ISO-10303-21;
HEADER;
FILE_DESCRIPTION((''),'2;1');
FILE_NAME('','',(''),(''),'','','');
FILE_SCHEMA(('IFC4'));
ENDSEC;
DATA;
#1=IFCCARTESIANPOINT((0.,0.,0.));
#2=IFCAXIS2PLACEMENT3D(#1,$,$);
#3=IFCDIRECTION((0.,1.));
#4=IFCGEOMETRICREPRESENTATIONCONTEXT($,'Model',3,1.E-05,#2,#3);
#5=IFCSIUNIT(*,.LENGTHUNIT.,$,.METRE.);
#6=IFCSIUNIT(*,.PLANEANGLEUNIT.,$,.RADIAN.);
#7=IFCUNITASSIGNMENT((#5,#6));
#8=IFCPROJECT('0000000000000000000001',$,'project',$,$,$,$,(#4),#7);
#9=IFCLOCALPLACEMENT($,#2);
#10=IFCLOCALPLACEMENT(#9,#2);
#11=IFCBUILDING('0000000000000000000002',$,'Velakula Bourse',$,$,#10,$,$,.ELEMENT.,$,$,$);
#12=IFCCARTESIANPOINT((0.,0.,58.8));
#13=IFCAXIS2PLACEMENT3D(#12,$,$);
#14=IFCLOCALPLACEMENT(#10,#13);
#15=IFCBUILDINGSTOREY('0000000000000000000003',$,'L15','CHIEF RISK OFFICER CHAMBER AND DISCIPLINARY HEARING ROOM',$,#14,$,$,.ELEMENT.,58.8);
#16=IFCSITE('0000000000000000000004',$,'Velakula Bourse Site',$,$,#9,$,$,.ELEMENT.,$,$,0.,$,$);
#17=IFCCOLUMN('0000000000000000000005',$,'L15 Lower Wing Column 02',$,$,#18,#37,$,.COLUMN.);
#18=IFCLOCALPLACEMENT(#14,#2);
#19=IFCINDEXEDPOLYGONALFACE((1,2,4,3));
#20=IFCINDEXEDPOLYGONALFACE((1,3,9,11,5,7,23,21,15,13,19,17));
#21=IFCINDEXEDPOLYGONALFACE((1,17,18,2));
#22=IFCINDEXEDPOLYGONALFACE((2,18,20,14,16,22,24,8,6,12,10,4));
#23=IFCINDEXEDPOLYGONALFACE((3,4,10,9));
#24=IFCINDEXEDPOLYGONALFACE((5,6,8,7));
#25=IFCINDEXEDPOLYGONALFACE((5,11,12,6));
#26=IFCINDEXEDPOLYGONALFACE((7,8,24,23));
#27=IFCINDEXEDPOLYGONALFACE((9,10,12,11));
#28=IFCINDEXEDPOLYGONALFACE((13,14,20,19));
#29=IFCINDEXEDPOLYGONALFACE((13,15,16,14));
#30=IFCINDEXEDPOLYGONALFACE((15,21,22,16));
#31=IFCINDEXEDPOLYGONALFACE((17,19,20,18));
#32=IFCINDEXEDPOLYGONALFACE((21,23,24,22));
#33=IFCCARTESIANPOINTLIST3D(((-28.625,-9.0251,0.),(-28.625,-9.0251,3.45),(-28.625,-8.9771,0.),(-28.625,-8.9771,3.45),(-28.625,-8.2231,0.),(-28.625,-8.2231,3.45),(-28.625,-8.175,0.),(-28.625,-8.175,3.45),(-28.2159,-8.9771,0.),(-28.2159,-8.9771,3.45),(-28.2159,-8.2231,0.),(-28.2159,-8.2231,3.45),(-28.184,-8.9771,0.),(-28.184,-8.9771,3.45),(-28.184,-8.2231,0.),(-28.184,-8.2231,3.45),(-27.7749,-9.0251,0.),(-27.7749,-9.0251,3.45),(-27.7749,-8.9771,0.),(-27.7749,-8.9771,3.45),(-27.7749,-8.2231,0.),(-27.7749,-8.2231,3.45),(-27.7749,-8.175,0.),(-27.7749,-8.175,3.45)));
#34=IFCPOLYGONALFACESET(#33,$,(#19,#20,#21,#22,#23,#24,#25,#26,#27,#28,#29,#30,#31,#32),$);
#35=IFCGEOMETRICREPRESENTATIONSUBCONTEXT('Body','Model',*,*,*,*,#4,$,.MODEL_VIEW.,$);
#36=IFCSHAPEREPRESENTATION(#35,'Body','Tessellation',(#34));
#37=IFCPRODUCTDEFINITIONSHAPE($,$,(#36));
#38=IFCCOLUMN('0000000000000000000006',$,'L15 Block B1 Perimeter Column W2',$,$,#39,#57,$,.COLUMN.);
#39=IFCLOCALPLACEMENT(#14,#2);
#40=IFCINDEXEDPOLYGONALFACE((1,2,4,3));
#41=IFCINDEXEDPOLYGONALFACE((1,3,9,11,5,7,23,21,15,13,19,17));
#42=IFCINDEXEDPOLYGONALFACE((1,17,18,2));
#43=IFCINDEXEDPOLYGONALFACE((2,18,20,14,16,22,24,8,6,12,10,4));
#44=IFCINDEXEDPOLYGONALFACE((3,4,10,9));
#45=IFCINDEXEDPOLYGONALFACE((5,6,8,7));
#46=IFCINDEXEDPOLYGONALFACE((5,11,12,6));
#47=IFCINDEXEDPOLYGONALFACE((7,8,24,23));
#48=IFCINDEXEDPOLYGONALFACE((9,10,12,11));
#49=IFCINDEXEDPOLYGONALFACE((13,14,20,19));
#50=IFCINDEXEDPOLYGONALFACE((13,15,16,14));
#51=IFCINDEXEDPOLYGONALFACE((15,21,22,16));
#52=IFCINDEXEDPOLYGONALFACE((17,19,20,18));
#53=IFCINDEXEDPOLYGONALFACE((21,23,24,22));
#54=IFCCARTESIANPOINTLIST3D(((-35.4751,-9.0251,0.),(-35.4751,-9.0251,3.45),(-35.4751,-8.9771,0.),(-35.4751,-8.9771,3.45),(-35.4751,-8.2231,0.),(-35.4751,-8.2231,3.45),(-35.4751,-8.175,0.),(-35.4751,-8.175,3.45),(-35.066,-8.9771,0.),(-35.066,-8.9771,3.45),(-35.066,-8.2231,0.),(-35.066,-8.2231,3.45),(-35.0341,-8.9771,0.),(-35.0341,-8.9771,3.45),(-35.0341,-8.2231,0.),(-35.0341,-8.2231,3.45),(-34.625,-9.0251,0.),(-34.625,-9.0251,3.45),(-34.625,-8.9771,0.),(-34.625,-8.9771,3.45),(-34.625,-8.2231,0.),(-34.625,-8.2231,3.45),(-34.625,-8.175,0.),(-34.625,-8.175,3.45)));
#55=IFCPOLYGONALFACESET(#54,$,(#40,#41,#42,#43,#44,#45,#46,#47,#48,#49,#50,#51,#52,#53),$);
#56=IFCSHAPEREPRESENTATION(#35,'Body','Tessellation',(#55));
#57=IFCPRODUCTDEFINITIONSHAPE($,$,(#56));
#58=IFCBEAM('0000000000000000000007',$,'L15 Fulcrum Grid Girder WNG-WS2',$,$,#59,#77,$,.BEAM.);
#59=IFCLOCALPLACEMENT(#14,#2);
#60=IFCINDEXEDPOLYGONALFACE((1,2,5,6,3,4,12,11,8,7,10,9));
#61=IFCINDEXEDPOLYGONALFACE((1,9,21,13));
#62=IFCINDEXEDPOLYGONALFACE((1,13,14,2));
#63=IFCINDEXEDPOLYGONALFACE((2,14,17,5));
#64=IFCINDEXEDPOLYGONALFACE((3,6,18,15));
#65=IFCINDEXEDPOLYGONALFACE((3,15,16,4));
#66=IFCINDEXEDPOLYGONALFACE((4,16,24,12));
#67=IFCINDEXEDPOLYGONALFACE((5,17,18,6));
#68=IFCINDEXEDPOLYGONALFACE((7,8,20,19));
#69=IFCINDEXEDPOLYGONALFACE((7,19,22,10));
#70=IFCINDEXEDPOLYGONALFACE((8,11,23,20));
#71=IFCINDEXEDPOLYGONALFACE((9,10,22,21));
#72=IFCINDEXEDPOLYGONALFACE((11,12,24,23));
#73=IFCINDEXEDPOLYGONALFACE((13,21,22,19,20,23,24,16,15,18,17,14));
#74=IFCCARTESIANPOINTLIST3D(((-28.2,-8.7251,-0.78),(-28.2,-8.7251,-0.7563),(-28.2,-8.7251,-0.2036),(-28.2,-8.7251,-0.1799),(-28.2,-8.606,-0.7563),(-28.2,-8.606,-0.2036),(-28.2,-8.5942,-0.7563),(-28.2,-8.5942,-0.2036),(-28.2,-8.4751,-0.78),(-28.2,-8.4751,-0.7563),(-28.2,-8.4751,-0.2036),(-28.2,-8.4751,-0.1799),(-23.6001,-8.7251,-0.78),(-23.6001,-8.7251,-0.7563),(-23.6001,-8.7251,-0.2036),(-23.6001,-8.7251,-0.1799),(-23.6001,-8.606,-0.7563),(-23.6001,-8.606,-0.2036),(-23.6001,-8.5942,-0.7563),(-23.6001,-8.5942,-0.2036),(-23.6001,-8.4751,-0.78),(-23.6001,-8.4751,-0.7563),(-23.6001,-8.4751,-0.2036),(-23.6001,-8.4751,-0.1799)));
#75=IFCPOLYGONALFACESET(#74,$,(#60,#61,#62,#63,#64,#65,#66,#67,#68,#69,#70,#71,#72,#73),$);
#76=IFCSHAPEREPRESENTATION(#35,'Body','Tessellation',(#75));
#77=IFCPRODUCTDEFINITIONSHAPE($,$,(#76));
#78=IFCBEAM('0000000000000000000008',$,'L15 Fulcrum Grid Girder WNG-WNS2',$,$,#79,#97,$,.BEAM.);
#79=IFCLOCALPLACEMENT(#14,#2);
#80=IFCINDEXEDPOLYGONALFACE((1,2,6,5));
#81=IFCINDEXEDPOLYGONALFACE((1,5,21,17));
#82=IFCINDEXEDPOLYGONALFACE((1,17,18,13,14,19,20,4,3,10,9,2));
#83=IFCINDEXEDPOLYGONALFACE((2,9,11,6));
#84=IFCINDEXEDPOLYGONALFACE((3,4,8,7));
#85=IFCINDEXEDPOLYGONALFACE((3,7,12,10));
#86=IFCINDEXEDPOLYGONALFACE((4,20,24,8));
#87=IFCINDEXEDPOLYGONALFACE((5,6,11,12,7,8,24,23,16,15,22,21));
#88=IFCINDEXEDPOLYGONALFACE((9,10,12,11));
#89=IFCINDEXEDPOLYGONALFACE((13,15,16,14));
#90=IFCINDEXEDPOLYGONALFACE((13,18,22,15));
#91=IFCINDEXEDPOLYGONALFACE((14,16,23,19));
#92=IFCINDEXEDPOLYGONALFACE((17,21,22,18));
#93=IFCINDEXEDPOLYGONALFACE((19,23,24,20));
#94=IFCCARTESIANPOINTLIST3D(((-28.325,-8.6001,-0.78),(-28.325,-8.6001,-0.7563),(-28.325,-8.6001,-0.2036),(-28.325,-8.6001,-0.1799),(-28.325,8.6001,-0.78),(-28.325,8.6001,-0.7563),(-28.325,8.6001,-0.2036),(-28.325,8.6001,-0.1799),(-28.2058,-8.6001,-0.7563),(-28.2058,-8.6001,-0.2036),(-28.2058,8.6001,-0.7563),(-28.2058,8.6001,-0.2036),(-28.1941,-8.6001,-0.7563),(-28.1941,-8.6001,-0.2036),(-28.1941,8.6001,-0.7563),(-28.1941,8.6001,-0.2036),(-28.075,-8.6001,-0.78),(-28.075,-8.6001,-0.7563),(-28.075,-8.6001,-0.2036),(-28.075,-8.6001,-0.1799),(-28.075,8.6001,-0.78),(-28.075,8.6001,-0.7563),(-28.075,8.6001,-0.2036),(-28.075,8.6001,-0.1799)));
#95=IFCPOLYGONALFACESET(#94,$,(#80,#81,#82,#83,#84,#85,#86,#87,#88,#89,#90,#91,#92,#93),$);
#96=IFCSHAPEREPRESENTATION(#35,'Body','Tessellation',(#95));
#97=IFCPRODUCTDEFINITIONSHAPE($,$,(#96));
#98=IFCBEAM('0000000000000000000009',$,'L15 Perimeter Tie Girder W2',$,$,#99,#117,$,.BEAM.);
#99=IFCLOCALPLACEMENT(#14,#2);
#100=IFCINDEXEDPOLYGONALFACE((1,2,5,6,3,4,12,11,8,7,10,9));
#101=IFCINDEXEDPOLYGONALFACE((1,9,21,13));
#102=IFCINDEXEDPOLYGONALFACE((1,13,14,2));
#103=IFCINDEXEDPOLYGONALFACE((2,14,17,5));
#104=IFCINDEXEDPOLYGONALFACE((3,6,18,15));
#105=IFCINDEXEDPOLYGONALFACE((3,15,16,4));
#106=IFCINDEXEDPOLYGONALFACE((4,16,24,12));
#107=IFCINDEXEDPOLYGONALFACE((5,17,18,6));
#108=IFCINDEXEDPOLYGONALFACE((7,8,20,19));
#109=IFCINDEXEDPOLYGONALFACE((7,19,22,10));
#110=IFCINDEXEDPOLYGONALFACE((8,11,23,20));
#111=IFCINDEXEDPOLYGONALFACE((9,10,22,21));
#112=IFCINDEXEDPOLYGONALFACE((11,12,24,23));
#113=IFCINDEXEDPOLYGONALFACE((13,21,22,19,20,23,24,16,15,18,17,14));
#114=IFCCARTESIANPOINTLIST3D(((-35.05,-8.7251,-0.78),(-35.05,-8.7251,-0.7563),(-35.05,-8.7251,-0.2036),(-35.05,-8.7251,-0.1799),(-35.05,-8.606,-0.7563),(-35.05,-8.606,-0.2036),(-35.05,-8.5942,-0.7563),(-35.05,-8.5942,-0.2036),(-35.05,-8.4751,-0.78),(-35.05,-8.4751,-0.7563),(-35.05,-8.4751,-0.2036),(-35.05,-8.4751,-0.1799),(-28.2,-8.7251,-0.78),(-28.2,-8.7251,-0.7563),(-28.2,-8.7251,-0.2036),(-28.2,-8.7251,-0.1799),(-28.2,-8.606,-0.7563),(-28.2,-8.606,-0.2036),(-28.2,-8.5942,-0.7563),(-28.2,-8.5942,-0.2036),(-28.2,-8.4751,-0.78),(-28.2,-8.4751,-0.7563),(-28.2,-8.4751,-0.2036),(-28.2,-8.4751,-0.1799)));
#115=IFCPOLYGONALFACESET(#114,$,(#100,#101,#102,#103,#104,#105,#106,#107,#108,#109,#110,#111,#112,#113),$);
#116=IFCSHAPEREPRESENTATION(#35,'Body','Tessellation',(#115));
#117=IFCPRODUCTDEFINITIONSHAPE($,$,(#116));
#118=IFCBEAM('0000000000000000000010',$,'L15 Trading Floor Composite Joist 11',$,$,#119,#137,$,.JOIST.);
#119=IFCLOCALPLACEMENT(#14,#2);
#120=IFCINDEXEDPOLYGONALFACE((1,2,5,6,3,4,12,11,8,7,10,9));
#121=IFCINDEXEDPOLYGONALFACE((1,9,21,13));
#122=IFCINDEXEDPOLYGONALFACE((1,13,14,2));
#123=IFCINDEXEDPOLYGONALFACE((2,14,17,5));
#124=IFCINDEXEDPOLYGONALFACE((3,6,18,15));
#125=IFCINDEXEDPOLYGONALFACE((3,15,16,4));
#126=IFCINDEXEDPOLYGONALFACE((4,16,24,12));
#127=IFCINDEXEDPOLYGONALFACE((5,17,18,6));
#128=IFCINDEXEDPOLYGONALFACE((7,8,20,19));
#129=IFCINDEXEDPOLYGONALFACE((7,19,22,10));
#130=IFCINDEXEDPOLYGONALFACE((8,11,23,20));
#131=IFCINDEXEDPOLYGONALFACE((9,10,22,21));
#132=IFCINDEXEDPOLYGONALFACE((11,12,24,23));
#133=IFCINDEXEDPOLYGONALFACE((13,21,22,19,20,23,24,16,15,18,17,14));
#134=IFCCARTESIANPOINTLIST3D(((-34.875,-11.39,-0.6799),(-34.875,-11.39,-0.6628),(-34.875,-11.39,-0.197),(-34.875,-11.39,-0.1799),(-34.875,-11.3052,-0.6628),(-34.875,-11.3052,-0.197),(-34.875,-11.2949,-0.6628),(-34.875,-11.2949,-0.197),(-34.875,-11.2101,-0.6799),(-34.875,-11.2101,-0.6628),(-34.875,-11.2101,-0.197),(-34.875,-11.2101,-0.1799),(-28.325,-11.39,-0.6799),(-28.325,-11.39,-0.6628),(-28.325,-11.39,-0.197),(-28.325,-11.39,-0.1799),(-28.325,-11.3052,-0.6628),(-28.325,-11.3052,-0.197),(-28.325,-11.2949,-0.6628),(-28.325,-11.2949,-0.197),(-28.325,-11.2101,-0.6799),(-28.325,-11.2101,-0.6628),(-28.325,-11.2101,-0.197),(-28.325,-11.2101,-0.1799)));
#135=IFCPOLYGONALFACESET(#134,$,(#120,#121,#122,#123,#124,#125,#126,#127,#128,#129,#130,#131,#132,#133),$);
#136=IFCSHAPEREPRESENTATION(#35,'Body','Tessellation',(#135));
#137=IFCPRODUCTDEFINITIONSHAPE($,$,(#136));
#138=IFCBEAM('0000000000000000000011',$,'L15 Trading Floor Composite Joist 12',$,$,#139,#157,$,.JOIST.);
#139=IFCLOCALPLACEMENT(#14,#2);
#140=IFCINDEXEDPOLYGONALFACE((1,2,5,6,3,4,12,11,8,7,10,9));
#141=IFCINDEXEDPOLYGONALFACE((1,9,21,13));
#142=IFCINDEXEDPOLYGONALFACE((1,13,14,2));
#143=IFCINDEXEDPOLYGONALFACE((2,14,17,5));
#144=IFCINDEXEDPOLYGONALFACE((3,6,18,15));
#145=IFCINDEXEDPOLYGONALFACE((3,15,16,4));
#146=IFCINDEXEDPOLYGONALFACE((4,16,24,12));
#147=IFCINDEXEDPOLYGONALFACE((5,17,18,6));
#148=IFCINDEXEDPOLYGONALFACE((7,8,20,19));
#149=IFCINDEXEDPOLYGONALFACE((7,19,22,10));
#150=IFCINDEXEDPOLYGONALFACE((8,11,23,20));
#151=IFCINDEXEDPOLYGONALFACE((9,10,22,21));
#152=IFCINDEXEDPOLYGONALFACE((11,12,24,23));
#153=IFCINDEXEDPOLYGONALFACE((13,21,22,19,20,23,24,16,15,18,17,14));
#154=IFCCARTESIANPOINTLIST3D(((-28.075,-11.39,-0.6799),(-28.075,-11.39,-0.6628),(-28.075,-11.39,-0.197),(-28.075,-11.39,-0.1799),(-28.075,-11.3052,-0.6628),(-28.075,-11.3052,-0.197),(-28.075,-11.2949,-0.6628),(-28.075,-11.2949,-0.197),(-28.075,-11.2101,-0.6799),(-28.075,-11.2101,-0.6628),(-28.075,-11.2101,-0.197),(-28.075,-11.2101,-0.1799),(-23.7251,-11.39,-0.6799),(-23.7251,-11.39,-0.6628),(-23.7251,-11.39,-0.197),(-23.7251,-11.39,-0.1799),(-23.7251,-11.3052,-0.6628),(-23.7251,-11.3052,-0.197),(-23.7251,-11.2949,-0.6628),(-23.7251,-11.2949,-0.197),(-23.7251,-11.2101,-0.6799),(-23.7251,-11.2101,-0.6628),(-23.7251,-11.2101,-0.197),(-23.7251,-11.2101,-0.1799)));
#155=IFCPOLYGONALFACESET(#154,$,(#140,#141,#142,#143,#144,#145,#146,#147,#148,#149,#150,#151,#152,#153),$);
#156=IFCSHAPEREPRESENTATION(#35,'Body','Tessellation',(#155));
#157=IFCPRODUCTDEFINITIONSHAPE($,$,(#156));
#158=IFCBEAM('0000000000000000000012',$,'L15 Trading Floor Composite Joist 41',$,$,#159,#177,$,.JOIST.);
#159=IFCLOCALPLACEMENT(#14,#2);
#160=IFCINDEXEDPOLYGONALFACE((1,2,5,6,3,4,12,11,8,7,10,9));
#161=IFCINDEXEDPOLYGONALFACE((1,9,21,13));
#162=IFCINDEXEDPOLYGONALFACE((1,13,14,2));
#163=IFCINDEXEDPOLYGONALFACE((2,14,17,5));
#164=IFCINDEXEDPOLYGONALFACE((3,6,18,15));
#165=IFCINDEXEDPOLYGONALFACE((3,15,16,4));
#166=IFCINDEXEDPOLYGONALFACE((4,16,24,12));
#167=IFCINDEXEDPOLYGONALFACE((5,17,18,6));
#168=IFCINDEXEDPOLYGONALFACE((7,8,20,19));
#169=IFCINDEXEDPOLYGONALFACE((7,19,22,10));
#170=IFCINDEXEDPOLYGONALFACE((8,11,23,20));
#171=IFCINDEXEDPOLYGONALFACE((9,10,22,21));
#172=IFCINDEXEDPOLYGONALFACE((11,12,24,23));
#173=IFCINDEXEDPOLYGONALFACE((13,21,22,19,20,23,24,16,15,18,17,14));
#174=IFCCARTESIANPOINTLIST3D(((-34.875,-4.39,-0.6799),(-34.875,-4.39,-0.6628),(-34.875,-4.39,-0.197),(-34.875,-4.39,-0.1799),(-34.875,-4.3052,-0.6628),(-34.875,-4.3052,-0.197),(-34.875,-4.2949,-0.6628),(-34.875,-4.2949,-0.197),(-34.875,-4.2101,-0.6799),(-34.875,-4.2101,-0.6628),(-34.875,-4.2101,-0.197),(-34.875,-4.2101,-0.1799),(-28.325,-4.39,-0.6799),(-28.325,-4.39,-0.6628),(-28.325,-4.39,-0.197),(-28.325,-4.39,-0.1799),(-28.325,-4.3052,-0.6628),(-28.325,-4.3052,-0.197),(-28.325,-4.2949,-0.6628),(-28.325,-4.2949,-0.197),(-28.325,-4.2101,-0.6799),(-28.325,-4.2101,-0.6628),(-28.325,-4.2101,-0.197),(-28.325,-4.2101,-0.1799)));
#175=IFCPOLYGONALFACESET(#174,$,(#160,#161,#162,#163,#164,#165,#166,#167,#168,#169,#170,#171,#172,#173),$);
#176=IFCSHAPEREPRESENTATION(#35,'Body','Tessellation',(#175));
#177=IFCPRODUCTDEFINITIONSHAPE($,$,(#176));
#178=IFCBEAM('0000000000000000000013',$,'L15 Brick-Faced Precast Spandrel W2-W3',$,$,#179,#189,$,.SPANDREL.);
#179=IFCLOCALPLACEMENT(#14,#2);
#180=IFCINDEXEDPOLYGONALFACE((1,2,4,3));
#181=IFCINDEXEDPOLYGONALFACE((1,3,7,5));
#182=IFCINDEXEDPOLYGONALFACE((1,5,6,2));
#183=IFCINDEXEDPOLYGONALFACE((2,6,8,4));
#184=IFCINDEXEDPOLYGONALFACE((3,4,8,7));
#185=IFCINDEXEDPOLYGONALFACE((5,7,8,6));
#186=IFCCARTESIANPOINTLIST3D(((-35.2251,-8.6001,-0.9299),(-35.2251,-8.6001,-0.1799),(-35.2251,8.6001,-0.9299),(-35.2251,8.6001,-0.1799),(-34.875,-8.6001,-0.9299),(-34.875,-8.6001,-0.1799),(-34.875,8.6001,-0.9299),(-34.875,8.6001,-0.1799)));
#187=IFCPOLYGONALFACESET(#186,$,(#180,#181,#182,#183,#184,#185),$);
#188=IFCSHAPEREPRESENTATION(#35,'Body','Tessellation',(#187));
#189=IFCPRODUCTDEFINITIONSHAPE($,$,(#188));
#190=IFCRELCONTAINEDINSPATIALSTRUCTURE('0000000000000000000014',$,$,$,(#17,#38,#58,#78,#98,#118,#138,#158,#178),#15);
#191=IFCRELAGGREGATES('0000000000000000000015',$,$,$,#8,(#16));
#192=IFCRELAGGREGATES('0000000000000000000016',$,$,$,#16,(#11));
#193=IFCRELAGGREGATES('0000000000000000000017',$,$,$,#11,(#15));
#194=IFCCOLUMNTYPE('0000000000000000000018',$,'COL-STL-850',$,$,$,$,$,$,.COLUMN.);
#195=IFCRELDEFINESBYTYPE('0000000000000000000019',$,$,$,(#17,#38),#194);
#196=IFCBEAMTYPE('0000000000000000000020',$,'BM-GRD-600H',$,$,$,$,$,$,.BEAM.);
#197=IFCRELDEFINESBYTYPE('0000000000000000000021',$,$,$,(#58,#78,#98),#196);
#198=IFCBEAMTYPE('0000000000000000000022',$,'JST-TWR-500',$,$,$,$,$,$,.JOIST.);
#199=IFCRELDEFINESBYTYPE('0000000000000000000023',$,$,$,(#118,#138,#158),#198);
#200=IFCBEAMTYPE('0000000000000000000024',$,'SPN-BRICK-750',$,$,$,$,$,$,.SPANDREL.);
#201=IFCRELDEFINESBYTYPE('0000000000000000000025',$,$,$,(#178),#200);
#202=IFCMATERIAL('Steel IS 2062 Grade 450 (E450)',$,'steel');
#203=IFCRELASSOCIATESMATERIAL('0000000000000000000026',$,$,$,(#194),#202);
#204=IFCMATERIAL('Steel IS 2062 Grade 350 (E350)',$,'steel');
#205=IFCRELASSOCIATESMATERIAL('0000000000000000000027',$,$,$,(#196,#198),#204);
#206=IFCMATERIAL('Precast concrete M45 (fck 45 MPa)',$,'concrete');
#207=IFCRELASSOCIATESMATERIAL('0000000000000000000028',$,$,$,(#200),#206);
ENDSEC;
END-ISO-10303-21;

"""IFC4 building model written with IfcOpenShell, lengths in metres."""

from ifc_helpers import new_model, si_unit, direction, frame, origin, origin_2d, place, context, subcontext, project, spatial, rectangle, i_section, extrude, material, material_profile, profile_set, type_object, element, save


model = new_model("IFC4")

# Units and contexts
model_context = context("Model", 3, precision=1e-05, world=origin(), true_north=direction((0.0, 1.0)))
body_context = subcontext(model_context, "Body", "Model", "MODEL_VIEW")
ifc_project = project(units=[si_unit("LENGTHUNIT", "METRE"), si_unit("PLANEANGLEUNIT", "RADIAN")], contexts=[model_context])

# Site, building, storey
site_placement = place(None, origin())
site = spatial("IfcSite", under=ifc_project, at=site_placement, Name="Velakula Bourse Site", CompositionType="ELEMENT", RefElevation=0.0)
building_placement = place(site_placement, origin())
building = spatial("IfcBuilding", under=site, at=building_placement, Name="Velakula Bourse", CompositionType="ELEMENT")
storey_placement = place(building_placement, frame((0.0, 0.0, 58.8)))
storey = spatial("IfcBuildingStorey", under=building, at=storey_placement, Name="L15", Description="CHIEF RISK OFFICER CHAMBER AND DISCIPLINARY HEARING ROOM", CompositionType="ELEMENT", Elevation=58.8)

# Columns
ifc_material_1 = material(Name="Steel IS 2062 Grade 450 (E450)", Category="steel")
ifc_material_profile_1 = material_profile(ifc_material_1, i_section(OverallWidth=0.8501, OverallDepth=0.8501, WebThickness=0.032, FlangeThickness=0.0481, at=origin_2d()), Name="Steel IS 2062 Grade 450 (E450)")
ifc_profile_set_1 = profile_set([ifc_material_profile_1], Name="Steel IS 2062 Grade 450 (E450)")
column_type = type_object("IfcColumnType", Name="COL-STL-850", PredefinedType="COLUMN", material=ifc_profile_set_1)
for number, where, z_axis, x_axis, name in (
    (1, (-28.2, -8.6001, 0.0), (0.0, 0.0, 1.0), (1.0, 0.0, 0.0), "L15 Lower Wing Column 02"),
    (2, (-35.05, -8.6001, 0.0), (0.0, 0.0, 1.0), (1.0, 0.0, 0.0), "L15 Block B1 Perimeter Column W2"),
):
    element("IfcColumn", number, at=place(storey_placement, frame(where, z_axis=z_axis, x_axis=x_axis)), inside=storey, type_object=column_type, Name=name, PredefinedType="COLUMN", context=body_context, shape_type="SweptSolid", body=[
        extrude(i_section(OverallWidth=0.8501, OverallDepth=0.8501, WebThickness=0.032, FlangeThickness=0.0481, at=origin_2d()), origin(), (0.0, 0.0, 1.0), 3.45),
    ])

# Beams
ifc_material_2 = material(Name="Steel IS 2062 Grade 350 (E350)", Category="steel")
ifc_material_profile_2 = material_profile(ifc_material_2, i_section(OverallWidth=0.25, OverallDepth=0.6001, WebThickness=0.0117, FlangeThickness=0.0237, at=origin_2d()), Name="Steel IS 2062 Grade 350 (E350)")
ifc_profile_set_2 = profile_set([ifc_material_profile_2], Name="Steel IS 2062 Grade 350 (E350)")
beam_type_1 = type_object("IfcBeamType", Name="BM-GRD-600H", PredefinedType="BEAM", material=ifc_profile_set_2)
beam_1_placement = place(storey_placement, frame((-28.2, -8.6001, -0.48), z_axis=(1.0, 0.0, 0.0), x_axis=(0.0, 1.0, 0.0)))
element("IfcBeam", 3, at=beam_1_placement, inside=storey, type_object=beam_type_1, Name="L15 Fulcrum Grid Girder WNG-WS2", PredefinedType="BEAM", context=body_context, shape_type="SweptSolid", body=[
    extrude(i_section(OverallWidth=0.25, OverallDepth=0.6001, WebThickness=0.0117, FlangeThickness=0.0237, at=origin_2d()), origin(), (0.0, 0.0, 1.0), 4.5999),
])
beam_2_placement = place(storey_placement, frame((-28.2, -8.6001, -0.48), z_axis=(0.0, 1.0, 0.0), x_axis=(-1.0, 0.0, 0.0)))
element("IfcBeam", 4, at=beam_2_placement, inside=storey, type_object=beam_type_1, Name="L15 Fulcrum Grid Girder WNG-WNS2", PredefinedType="BEAM", context=body_context, shape_type="SweptSolid", body=[
    extrude(i_section(OverallWidth=0.25, OverallDepth=0.6001, WebThickness=0.0117, FlangeThickness=0.0237, at=origin_2d()), origin(), (0.0, 0.0, 1.0), 17.2002),
])
beam_3_placement = place(storey_placement, frame((-28.2, -8.6001, -0.48), z_axis=(-1.0, 0.0, 0.0), x_axis=(0.0, -1.0, 0.0)))
element("IfcBeam", 5, at=beam_3_placement, inside=storey, type_object=beam_type_1, Name="L15 Perimeter Tie Girder W2", PredefinedType="BEAM", context=body_context, shape_type="SweptSolid", body=[
    extrude(i_section(OverallWidth=0.25, OverallDepth=0.6001, WebThickness=0.0117, FlangeThickness=0.0237, at=origin_2d()), origin(), (0.0, 0.0, 1.0), 6.8501),
])
ifc_material_profile_3 = material_profile(ifc_material_2, i_section(OverallWidth=0.1799, OverallDepth=0.5, WebThickness=0.0103, FlangeThickness=0.0171, at=origin_2d()), Name="Steel IS 2062 Grade 350 (E350)")
ifc_profile_set_3 = profile_set([ifc_material_profile_3], Name="Steel IS 2062 Grade 350 (E350)")
beam_type_2 = type_object("IfcBeamType", Name="JST-TWR-500", PredefinedType="JOIST", material=ifc_profile_set_3)
beam_4_placement = place(storey_placement, frame((-34.875, -11.3, -0.4299), z_axis=(1.0, 0.0, 0.0), x_axis=(0.0, 1.0, 0.0)))
element("IfcBeam", 6, at=beam_4_placement, inside=storey, type_object=beam_type_2, Name="L15 Trading Floor Composite Joist 11", PredefinedType="JOIST", context=body_context, shape_type="SweptSolid", body=[
    extrude(i_section(OverallWidth=0.1799, OverallDepth=0.5, WebThickness=0.0103, FlangeThickness=0.0171, at=origin_2d()), origin(), (0.0, 0.0, 1.0), 6.55),
])
beam_5_placement = place(storey_placement, frame((-28.075, -11.3, -0.4299), z_axis=(1.0, 0.0, 0.0), x_axis=(0.0, 1.0, 0.0)))
element("IfcBeam", 7, at=beam_5_placement, inside=storey, type_object=beam_type_2, Name="L15 Trading Floor Composite Joist 12", PredefinedType="JOIST", context=body_context, shape_type="SweptSolid", body=[
    extrude(i_section(OverallWidth=0.1799, OverallDepth=0.5, WebThickness=0.0103, FlangeThickness=0.0171, at=origin_2d()), origin(), (0.0, 0.0, 1.0), 4.3499),
])
beam_6_placement = place(storey_placement, frame((-34.875, -4.3, -0.4299), z_axis=(1.0, 0.0, 0.0), x_axis=(0.0, 1.0, 0.0)))
element("IfcBeam", 8, at=beam_6_placement, inside=storey, type_object=beam_type_2, Name="L15 Trading Floor Composite Joist 41", PredefinedType="JOIST", context=body_context, shape_type="SweptSolid", body=[
    extrude(i_section(OverallWidth=0.1799, OverallDepth=0.5, WebThickness=0.0103, FlangeThickness=0.0171, at=origin_2d()), origin(), (0.0, 0.0, 1.0), 6.55),
])
ifc_material_3 = material(Name="Precast concrete M45 (fck 45 MPa)", Category="concrete")
ifc_material_profile_4 = material_profile(ifc_material_3, rectangle(XDim=0.3501, YDim=0.75, at=origin_2d()), Name="Precast concrete M45 (fck 45 MPa)")
ifc_profile_set_4 = profile_set([ifc_material_profile_4], Name="Precast concrete M45 (fck 45 MPa)")
beam_type_3 = type_object("IfcBeamType", Name="SPN-BRICK-750", PredefinedType="SPANDREL", material=ifc_profile_set_4)
beam_7_placement = place(storey_placement, frame((-35.05, -8.6001, -0.5549), z_axis=(0.0, 1.0, 0.0), x_axis=(-1.0, 0.0, 0.0)))
element("IfcBeam", 9, at=beam_7_placement, inside=storey, type_object=beam_type_3, Name="L15 Brick-Faced Precast Spandrel W2-W3", PredefinedType="SPANDREL", context=body_context, shape_type="SweptSolid", body=[
    extrude(rectangle(XDim=0.3501, YDim=0.75, at=origin_2d()), origin(), (0.0, 0.0, 1.0), 17.2002),
])

save(model, "model.ifc")
